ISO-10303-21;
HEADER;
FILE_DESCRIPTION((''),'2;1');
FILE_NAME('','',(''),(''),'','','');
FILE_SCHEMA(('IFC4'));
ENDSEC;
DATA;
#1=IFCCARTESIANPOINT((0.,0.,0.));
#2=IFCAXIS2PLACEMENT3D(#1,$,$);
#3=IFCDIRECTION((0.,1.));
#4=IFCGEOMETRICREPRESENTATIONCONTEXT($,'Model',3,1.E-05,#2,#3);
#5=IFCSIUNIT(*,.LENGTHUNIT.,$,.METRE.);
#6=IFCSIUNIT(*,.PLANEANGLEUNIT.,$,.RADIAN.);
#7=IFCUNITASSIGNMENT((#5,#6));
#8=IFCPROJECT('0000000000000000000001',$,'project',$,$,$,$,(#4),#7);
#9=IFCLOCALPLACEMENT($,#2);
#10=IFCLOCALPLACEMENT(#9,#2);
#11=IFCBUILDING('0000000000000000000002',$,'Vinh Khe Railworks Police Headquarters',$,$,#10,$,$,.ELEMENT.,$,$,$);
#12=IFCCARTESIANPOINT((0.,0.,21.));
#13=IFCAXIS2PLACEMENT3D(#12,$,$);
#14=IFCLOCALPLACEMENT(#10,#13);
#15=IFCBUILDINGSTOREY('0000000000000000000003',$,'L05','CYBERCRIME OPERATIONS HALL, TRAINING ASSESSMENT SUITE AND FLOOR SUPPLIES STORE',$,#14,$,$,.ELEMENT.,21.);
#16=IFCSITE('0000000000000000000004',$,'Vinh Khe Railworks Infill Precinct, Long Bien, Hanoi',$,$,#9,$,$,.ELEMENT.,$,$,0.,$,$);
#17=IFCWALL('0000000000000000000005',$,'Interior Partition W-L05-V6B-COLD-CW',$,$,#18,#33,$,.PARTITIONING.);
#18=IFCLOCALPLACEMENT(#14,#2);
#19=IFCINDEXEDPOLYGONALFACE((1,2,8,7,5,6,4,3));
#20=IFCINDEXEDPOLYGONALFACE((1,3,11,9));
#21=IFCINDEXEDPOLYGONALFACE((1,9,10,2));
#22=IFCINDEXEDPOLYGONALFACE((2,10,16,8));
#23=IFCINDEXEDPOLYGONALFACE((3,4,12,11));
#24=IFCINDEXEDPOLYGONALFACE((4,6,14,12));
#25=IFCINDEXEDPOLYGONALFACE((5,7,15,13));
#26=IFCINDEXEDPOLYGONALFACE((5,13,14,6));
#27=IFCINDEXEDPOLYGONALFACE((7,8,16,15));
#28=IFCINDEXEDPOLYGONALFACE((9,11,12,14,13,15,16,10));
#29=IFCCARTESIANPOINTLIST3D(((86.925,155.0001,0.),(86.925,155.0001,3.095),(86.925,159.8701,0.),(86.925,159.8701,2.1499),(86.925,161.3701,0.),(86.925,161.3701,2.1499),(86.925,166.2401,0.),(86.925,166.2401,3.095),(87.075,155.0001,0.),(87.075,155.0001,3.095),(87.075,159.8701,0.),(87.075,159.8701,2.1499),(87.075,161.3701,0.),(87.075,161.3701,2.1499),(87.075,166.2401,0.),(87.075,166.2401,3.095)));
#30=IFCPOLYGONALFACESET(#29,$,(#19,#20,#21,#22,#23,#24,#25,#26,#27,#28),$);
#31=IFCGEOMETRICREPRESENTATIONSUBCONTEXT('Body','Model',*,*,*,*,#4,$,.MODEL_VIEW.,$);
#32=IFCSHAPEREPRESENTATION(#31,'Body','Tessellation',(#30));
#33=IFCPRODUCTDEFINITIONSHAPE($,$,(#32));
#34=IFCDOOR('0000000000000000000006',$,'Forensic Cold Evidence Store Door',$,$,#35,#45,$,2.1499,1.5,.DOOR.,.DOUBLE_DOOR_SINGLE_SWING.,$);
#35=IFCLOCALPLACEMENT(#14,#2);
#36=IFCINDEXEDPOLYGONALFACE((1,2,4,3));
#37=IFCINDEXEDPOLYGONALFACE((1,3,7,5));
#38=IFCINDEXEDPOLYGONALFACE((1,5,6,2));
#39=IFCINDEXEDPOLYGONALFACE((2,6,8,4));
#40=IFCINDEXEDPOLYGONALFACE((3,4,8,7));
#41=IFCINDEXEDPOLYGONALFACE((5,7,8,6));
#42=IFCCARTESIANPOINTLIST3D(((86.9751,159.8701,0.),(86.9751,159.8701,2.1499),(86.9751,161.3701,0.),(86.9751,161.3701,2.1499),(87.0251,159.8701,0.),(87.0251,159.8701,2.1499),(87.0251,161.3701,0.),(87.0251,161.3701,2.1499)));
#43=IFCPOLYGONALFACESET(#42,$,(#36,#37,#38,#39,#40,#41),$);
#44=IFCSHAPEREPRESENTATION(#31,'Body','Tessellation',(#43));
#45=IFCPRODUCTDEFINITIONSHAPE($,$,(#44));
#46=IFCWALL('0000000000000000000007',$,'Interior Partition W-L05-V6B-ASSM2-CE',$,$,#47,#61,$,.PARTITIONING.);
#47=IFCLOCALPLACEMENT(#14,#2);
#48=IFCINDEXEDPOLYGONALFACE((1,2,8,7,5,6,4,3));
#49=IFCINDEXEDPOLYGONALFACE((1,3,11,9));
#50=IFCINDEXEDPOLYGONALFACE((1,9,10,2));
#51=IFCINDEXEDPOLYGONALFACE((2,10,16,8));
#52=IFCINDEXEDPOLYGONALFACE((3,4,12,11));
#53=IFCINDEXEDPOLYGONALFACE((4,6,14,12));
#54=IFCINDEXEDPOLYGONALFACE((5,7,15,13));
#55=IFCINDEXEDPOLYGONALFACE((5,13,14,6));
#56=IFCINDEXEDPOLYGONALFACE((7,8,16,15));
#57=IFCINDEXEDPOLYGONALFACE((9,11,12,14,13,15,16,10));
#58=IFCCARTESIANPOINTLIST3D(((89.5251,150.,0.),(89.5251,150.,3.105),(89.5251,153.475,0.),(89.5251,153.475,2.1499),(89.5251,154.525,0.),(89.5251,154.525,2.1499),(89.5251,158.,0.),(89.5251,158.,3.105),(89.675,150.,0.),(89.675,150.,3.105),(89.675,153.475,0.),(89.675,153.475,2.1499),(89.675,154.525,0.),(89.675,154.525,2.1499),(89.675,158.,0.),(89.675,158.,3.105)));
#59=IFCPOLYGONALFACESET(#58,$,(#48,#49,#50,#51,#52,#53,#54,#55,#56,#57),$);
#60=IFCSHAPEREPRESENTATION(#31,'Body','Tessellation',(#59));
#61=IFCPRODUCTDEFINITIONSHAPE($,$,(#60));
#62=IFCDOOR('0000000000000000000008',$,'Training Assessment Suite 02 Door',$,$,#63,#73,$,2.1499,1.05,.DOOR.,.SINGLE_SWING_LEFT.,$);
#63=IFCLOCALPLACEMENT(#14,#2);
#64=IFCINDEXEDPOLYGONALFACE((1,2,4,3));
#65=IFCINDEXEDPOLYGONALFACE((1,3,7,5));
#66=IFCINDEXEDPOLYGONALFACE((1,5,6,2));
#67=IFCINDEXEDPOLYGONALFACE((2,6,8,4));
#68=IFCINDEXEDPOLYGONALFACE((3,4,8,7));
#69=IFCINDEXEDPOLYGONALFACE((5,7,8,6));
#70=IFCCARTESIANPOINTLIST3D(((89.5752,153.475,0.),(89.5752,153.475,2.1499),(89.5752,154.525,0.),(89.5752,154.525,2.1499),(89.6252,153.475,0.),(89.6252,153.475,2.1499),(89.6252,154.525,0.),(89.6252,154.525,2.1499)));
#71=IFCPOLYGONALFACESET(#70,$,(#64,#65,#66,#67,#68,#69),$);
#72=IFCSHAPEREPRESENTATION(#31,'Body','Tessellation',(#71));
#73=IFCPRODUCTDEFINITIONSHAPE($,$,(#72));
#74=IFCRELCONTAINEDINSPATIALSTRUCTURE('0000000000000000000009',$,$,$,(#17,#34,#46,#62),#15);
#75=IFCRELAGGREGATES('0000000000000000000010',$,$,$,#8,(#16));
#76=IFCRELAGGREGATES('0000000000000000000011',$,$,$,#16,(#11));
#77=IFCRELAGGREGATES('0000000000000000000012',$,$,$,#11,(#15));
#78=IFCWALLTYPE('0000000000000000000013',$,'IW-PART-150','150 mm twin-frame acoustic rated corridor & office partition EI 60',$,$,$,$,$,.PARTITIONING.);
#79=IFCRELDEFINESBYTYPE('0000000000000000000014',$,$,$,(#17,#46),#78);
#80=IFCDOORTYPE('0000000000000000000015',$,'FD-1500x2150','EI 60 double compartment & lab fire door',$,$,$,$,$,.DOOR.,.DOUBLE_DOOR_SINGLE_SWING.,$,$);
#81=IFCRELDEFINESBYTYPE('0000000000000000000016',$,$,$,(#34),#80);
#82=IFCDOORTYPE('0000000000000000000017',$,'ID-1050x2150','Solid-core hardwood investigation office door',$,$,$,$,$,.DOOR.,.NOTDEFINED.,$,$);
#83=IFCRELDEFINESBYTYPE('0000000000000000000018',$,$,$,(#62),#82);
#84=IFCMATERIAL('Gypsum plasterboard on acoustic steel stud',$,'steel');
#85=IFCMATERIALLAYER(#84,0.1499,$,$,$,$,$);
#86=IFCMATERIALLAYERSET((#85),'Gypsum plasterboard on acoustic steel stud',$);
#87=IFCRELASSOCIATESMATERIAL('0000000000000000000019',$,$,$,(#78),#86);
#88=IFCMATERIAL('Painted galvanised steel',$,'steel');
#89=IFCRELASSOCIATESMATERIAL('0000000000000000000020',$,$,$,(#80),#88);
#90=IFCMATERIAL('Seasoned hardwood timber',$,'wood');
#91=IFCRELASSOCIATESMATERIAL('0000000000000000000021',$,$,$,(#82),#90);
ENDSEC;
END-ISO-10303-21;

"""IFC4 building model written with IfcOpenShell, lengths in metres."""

from ifc_helpers import new_model, si_unit, direction, frame, frame_2d, origin, place, context, subcontext, project, spatial, rectangle, extrude, material, layer, layer_set, type_object, element, fill, save


model = new_model("IFC4")

# Units and contexts
model_context = context("Model", 3, precision=1e-05, world=origin(), true_north=direction((0.0, 1.0)))
body_context = subcontext(model_context, "Body", "Model", "MODEL_VIEW")
ifc_project = project(units=[si_unit("LENGTHUNIT", "METRE"), si_unit("PLANEANGLEUNIT", "RADIAN")], contexts=[model_context])

# Site, building, storey
site_placement = place(None, origin())
site = spatial("IfcSite", under=ifc_project, at=site_placement, Name="Vinh Khe Railworks Infill Precinct, Long Bien, Hanoi", CompositionType="ELEMENT", RefElevation=0.0)
building_placement = place(site_placement, origin())
building = spatial("IfcBuilding", under=site, at=building_placement, Name="Vinh Khe Railworks Police Headquarters", CompositionType="ELEMENT")
storey_placement = place(building_placement, frame((0.0, 0.0, 21.0)))
storey = spatial("IfcBuildingStorey", under=building, at=storey_placement, Name="L05", Description="CYBERCRIME OPERATIONS HALL, TRAINING ASSESSMENT SUITE AND FLOOR SUPPLIES STORE", CompositionType="ELEMENT", Elevation=21.0)

# Walls, openings, doors
ifc_material_1 = material(Name="Gypsum plasterboard on acoustic steel stud", Category="steel")
ifc_layer_1 = layer(ifc_material_1, 0.1499)
ifc_layer_set_1 = layer_set([ifc_layer_1], Name="Gypsum plasterboard on acoustic steel stud")
wall_type_1 = type_object("IfcWallType", Name="IW-PART-150", Description="150 mm twin-frame acoustic rated corridor & office partition EI 60", PredefinedType="PARTITIONING", material=ifc_layer_set_1)
wall_1_placement = place(storey_placement, frame((87.0, 155.0, 0.0), z_axis=(0.0, 0.0, 1.0), x_axis=(0.0, 1.0, 0.0)))
wall_1 = element("IfcWall", 1, at=wall_1_placement, inside=storey, type_object=wall_type_1, Name="Interior Partition W-L05-V6B-COLD-CW", PredefinedType="PARTITIONING", context=body_context, shape_type="SweptSolid", body=[
    extrude(rectangle(XDim=11.24, YDim=0.1499, at=frame_2d((5.6201, 0.0))), origin(), (0.0, 0.0, 1.0), 3.095),
])
opening_1_placement = place(wall_1_placement, frame((4.8701, 0.0, 0.0)))
opening_1 = element("IfcOpeningElement", 2, at=opening_1_placement, cuts=wall_1, PredefinedType="OPENING", context=body_context, shape_type="SweptSolid", body=[
    extrude(rectangle(XDim=1.5, YDim=2.1499, at=frame_2d((0.75, 1.075))), frame((0.0, 0.0898, 0.0), z_axis=(0.0, -1.0, 0.0), x_axis=(1.0, 0.0, 0.0)), (0.0, 0.0, 1.0), 0.1797),
])
ifc_material_2 = material(Name="Painted galvanised steel", Category="steel")
door_type_1 = type_object("IfcDoorType", Name="FD-1500x2150", Description="EI 60 double compartment & lab fire door", OperationType="DOUBLE_DOOR_SINGLE_SWING", PredefinedType="DOOR", material=ifc_material_2)
door_1_placement = place(opening_1_placement, origin())
door_1 = element("IfcDoor", 3, at=door_1_placement, inside=storey, type_object=door_type_1, Name="Forensic Cold Evidence Store Door", OperationType="DOUBLE_DOOR_SINGLE_SWING", OverallHeight=2.1499, OverallWidth=1.5, PredefinedType="DOOR", context=body_context, shape_type="SweptSolid", body=[
    extrude(rectangle(XDim=1.5, YDim=2.1499, at=frame_2d((0.75, 1.075))), frame((0.0, 0.0249, 0.0), z_axis=(0.0, -1.0, 0.0), x_axis=(1.0, 0.0, 0.0)), (0.0, 0.0, 1.0), 0.05),
])
fill(opening_1, door_1)
wall_2_placement = place(storey_placement, frame((89.6001, 150.0, 0.0), z_axis=(0.0, 0.0, 1.0), x_axis=(0.0, 1.0, 0.0)))
wall_2 = element("IfcWall", 4, at=wall_2_placement, inside=storey, type_object=wall_type_1, Name="Interior Partition W-L05-V6B-ASSM2-CE", PredefinedType="PARTITIONING", context=body_context, shape_type="SweptSolid", body=[
    extrude(rectangle(XDim=8.0, YDim=0.1499, at=frame_2d((4.0, 0.0))), origin(), (0.0, 0.0, 1.0), 3.105),
])
opening_2_placement = place(wall_2_placement, frame((3.4751, 0.0, 0.0)))
opening_2 = element("IfcOpeningElement", 5, at=opening_2_placement, cuts=wall_2, PredefinedType="OPENING", context=body_context, shape_type="SweptSolid", body=[
    extrude(rectangle(XDim=1.05, YDim=2.1499, at=frame_2d((0.5249, 1.075))), frame((0.0, 0.0898, 0.0), z_axis=(0.0, -1.0, 0.0), x_axis=(1.0, 0.0, 0.0)), (0.0, 0.0, 1.0), 0.1797),
])
ifc_material_3 = material(Name="Seasoned hardwood timber", Category="wood")
door_type_2 = type_object("IfcDoorType", Name="ID-1050x2150", Description="Solid-core hardwood investigation office door", OperationType="NOTDEFINED", PredefinedType="DOOR", material=ifc_material_3)
door_2_placement = place(opening_2_placement, origin())
door_2 = element("IfcDoor", 6, at=door_2_placement, inside=storey, type_object=door_type_2, Name="Training Assessment Suite 02 Door", OperationType="SINGLE_SWING_LEFT", OverallHeight=2.1499, OverallWidth=1.05, PredefinedType="DOOR", context=body_context, shape_type="SweptSolid", body=[
    extrude(rectangle(XDim=1.05, YDim=2.1499, at=frame_2d((0.5249, 1.075))), frame((0.0, 0.0249, 0.0), z_axis=(0.0, -1.0, 0.0), x_axis=(1.0, 0.0, 0.0)), (0.0, 0.0, 1.0), 0.05),
])
fill(opening_2, door_2)

save(model, "model.ifc")
